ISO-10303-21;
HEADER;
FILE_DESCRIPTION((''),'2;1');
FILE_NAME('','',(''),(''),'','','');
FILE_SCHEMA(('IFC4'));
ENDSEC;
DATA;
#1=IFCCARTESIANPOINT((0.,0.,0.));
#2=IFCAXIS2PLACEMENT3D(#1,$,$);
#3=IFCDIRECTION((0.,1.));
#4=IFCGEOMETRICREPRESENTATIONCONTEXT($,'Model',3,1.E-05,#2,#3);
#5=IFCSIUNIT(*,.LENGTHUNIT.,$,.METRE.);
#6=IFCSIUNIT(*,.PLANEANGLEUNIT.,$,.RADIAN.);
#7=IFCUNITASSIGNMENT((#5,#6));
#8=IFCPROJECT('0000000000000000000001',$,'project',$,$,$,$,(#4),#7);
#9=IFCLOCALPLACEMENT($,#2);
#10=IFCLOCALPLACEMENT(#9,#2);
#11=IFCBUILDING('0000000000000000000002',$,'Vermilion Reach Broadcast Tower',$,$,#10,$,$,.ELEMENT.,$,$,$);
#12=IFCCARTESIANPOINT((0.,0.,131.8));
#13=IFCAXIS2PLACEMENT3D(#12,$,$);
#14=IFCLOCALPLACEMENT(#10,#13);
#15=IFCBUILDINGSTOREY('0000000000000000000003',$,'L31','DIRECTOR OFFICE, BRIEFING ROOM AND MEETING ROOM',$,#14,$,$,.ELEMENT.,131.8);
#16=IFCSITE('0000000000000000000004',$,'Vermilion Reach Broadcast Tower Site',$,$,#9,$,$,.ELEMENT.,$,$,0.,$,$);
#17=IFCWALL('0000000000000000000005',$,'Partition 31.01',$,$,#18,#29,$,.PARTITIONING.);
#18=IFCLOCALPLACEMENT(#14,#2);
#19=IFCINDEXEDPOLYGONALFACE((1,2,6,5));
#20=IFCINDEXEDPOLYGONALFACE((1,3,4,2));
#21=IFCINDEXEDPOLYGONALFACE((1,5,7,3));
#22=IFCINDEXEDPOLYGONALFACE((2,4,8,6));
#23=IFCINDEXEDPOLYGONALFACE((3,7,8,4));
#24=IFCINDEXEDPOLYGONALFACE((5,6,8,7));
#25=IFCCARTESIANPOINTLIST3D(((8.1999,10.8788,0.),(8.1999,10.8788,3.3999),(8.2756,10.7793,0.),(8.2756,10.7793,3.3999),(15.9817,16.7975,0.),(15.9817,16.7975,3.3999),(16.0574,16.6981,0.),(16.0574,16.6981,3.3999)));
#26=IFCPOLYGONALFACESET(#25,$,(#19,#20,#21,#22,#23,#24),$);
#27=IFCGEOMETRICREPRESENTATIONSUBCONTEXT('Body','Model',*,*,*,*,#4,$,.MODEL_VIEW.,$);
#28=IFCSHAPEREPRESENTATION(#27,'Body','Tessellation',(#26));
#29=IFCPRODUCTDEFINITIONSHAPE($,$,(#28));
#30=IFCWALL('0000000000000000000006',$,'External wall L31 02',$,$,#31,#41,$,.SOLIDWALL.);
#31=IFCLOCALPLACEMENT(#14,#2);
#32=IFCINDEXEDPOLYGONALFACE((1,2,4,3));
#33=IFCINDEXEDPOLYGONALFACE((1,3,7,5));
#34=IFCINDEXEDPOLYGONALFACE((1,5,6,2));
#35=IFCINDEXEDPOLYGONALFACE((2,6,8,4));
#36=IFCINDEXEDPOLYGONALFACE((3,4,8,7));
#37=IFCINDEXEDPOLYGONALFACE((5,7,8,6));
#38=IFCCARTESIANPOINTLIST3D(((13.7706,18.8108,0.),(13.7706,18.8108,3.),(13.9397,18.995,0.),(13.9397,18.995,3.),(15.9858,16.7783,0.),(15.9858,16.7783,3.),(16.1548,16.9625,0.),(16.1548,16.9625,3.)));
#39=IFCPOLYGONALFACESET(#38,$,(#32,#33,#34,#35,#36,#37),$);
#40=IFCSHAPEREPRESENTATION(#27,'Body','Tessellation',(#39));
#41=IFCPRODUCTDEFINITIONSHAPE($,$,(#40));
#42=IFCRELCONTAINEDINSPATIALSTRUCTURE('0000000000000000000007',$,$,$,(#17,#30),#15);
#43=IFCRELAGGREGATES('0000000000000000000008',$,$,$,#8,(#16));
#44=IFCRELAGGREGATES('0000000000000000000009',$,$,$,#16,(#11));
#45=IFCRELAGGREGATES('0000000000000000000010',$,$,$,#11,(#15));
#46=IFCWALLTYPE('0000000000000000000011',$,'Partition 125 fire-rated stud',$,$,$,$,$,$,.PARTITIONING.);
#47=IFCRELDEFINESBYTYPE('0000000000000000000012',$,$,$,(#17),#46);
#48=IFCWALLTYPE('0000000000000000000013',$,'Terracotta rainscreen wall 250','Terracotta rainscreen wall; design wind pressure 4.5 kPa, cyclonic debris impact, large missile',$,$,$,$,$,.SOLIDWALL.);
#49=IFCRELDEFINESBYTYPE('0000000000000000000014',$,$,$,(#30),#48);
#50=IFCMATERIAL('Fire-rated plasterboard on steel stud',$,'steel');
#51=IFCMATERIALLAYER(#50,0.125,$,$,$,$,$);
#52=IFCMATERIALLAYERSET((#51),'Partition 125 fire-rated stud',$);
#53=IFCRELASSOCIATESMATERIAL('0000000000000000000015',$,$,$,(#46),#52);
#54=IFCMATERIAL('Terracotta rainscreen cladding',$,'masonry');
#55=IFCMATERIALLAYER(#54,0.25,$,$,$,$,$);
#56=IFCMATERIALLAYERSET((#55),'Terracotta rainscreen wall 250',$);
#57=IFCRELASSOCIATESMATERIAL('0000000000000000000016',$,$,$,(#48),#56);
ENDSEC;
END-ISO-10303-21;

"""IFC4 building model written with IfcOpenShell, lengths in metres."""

from ifc_helpers import new_model, si_unit, direction, frame, frame_2d, origin, place, context, subcontext, project, spatial, rectangle, extrude, material, layer, layer_set, type_object, element, save


model = new_model("IFC4")

# Units and contexts
model_context = context("Model", 3, precision=1e-05, world=origin(), true_north=direction((0.0, 1.0)))
body_context = subcontext(model_context, "Body", "Model", "MODEL_VIEW")
ifc_project = project(units=[si_unit("LENGTHUNIT", "METRE"), si_unit("PLANEANGLEUNIT", "RADIAN")], contexts=[model_context])

# Site, building, storey
site_placement = place(None, origin())
site = spatial("IfcSite", under=ifc_project, at=site_placement, Name="Vermilion Reach Broadcast Tower Site", CompositionType="ELEMENT", RefElevation=0.0)
building_placement = place(site_placement, origin())
building = spatial("IfcBuilding", under=site, at=building_placement, Name="Vermilion Reach Broadcast Tower", CompositionType="ELEMENT")
storey_placement = place(building_placement, frame((0.0, 0.0, 131.8)))
storey = spatial("IfcBuildingStorey", under=building, at=storey_placement, Name="L31", Description="DIRECTOR OFFICE, BRIEFING ROOM AND MEETING ROOM", CompositionType="ELEMENT", Elevation=131.8)

# Walls
ifc_material_1 = material(Name="Fire-rated plasterboard on steel stud", Category="steel")
ifc_layer_1 = layer(ifc_material_1, 0.125)
ifc_layer_set_1 = layer_set([ifc_layer_1], Name="Partition 125 fire-rated stud")
wall_type_1 = type_object("IfcWallType", Name="Partition 125 fire-rated stud", PredefinedType="PARTITIONING", material=ifc_layer_set_1)
wall_1_placement = place(storey_placement, frame((16.0195, 16.7478, 0.0), z_axis=(0.0, 0.0, 1.0), x_axis=(-0.795936, -0.60538, 0.0)))
element("IfcWall", 1, at=wall_1_placement, inside=storey, type_object=wall_type_1, Name="Partition 31.01", PredefinedType="PARTITIONING", context=body_context, shape_type="SweptSolid", body=[
    extrude(rectangle(XDim=9.7769, YDim=0.125, at=frame_2d((4.8884, 0.0))), origin(), (0.0, 0.0, 1.0), 3.3999),
])
ifc_material_2 = material(Name="Terracotta rainscreen cladding", Category="masonry")
ifc_layer_2 = layer(ifc_material_2, 0.25)
ifc_layer_set_2 = layer_set([ifc_layer_2], Name="Terracotta rainscreen wall 250")
wall_type_2 = type_object("IfcWallType", Name="Terracotta rainscreen wall 250", Description="Terracotta rainscreen wall; design wind pressure 4.5 kPa, cyclonic debris impact, large missile", PredefinedType="SOLIDWALL", material=ifc_layer_set_2)
wall_2_placement = place(storey_placement, frame((16.0703, 16.8704, 0.0), z_axis=(0.0, 0.0, 1.0), x_axis=(-0.736827, 0.676081, 0.0)))
element("IfcWall", 2, at=wall_2_placement, inside=storey, type_object=wall_type_2, Name="External wall L31 02", PredefinedType="SOLIDWALL", context=body_context, shape_type="SweptSolid", body=[
    extrude(rectangle(XDim=3.0063, YDim=0.25, at=frame_2d((1.5032, 0.0))), origin(), (0.0, 0.0, 1.0), 3.0),
])

save(model, "model.ifc")
